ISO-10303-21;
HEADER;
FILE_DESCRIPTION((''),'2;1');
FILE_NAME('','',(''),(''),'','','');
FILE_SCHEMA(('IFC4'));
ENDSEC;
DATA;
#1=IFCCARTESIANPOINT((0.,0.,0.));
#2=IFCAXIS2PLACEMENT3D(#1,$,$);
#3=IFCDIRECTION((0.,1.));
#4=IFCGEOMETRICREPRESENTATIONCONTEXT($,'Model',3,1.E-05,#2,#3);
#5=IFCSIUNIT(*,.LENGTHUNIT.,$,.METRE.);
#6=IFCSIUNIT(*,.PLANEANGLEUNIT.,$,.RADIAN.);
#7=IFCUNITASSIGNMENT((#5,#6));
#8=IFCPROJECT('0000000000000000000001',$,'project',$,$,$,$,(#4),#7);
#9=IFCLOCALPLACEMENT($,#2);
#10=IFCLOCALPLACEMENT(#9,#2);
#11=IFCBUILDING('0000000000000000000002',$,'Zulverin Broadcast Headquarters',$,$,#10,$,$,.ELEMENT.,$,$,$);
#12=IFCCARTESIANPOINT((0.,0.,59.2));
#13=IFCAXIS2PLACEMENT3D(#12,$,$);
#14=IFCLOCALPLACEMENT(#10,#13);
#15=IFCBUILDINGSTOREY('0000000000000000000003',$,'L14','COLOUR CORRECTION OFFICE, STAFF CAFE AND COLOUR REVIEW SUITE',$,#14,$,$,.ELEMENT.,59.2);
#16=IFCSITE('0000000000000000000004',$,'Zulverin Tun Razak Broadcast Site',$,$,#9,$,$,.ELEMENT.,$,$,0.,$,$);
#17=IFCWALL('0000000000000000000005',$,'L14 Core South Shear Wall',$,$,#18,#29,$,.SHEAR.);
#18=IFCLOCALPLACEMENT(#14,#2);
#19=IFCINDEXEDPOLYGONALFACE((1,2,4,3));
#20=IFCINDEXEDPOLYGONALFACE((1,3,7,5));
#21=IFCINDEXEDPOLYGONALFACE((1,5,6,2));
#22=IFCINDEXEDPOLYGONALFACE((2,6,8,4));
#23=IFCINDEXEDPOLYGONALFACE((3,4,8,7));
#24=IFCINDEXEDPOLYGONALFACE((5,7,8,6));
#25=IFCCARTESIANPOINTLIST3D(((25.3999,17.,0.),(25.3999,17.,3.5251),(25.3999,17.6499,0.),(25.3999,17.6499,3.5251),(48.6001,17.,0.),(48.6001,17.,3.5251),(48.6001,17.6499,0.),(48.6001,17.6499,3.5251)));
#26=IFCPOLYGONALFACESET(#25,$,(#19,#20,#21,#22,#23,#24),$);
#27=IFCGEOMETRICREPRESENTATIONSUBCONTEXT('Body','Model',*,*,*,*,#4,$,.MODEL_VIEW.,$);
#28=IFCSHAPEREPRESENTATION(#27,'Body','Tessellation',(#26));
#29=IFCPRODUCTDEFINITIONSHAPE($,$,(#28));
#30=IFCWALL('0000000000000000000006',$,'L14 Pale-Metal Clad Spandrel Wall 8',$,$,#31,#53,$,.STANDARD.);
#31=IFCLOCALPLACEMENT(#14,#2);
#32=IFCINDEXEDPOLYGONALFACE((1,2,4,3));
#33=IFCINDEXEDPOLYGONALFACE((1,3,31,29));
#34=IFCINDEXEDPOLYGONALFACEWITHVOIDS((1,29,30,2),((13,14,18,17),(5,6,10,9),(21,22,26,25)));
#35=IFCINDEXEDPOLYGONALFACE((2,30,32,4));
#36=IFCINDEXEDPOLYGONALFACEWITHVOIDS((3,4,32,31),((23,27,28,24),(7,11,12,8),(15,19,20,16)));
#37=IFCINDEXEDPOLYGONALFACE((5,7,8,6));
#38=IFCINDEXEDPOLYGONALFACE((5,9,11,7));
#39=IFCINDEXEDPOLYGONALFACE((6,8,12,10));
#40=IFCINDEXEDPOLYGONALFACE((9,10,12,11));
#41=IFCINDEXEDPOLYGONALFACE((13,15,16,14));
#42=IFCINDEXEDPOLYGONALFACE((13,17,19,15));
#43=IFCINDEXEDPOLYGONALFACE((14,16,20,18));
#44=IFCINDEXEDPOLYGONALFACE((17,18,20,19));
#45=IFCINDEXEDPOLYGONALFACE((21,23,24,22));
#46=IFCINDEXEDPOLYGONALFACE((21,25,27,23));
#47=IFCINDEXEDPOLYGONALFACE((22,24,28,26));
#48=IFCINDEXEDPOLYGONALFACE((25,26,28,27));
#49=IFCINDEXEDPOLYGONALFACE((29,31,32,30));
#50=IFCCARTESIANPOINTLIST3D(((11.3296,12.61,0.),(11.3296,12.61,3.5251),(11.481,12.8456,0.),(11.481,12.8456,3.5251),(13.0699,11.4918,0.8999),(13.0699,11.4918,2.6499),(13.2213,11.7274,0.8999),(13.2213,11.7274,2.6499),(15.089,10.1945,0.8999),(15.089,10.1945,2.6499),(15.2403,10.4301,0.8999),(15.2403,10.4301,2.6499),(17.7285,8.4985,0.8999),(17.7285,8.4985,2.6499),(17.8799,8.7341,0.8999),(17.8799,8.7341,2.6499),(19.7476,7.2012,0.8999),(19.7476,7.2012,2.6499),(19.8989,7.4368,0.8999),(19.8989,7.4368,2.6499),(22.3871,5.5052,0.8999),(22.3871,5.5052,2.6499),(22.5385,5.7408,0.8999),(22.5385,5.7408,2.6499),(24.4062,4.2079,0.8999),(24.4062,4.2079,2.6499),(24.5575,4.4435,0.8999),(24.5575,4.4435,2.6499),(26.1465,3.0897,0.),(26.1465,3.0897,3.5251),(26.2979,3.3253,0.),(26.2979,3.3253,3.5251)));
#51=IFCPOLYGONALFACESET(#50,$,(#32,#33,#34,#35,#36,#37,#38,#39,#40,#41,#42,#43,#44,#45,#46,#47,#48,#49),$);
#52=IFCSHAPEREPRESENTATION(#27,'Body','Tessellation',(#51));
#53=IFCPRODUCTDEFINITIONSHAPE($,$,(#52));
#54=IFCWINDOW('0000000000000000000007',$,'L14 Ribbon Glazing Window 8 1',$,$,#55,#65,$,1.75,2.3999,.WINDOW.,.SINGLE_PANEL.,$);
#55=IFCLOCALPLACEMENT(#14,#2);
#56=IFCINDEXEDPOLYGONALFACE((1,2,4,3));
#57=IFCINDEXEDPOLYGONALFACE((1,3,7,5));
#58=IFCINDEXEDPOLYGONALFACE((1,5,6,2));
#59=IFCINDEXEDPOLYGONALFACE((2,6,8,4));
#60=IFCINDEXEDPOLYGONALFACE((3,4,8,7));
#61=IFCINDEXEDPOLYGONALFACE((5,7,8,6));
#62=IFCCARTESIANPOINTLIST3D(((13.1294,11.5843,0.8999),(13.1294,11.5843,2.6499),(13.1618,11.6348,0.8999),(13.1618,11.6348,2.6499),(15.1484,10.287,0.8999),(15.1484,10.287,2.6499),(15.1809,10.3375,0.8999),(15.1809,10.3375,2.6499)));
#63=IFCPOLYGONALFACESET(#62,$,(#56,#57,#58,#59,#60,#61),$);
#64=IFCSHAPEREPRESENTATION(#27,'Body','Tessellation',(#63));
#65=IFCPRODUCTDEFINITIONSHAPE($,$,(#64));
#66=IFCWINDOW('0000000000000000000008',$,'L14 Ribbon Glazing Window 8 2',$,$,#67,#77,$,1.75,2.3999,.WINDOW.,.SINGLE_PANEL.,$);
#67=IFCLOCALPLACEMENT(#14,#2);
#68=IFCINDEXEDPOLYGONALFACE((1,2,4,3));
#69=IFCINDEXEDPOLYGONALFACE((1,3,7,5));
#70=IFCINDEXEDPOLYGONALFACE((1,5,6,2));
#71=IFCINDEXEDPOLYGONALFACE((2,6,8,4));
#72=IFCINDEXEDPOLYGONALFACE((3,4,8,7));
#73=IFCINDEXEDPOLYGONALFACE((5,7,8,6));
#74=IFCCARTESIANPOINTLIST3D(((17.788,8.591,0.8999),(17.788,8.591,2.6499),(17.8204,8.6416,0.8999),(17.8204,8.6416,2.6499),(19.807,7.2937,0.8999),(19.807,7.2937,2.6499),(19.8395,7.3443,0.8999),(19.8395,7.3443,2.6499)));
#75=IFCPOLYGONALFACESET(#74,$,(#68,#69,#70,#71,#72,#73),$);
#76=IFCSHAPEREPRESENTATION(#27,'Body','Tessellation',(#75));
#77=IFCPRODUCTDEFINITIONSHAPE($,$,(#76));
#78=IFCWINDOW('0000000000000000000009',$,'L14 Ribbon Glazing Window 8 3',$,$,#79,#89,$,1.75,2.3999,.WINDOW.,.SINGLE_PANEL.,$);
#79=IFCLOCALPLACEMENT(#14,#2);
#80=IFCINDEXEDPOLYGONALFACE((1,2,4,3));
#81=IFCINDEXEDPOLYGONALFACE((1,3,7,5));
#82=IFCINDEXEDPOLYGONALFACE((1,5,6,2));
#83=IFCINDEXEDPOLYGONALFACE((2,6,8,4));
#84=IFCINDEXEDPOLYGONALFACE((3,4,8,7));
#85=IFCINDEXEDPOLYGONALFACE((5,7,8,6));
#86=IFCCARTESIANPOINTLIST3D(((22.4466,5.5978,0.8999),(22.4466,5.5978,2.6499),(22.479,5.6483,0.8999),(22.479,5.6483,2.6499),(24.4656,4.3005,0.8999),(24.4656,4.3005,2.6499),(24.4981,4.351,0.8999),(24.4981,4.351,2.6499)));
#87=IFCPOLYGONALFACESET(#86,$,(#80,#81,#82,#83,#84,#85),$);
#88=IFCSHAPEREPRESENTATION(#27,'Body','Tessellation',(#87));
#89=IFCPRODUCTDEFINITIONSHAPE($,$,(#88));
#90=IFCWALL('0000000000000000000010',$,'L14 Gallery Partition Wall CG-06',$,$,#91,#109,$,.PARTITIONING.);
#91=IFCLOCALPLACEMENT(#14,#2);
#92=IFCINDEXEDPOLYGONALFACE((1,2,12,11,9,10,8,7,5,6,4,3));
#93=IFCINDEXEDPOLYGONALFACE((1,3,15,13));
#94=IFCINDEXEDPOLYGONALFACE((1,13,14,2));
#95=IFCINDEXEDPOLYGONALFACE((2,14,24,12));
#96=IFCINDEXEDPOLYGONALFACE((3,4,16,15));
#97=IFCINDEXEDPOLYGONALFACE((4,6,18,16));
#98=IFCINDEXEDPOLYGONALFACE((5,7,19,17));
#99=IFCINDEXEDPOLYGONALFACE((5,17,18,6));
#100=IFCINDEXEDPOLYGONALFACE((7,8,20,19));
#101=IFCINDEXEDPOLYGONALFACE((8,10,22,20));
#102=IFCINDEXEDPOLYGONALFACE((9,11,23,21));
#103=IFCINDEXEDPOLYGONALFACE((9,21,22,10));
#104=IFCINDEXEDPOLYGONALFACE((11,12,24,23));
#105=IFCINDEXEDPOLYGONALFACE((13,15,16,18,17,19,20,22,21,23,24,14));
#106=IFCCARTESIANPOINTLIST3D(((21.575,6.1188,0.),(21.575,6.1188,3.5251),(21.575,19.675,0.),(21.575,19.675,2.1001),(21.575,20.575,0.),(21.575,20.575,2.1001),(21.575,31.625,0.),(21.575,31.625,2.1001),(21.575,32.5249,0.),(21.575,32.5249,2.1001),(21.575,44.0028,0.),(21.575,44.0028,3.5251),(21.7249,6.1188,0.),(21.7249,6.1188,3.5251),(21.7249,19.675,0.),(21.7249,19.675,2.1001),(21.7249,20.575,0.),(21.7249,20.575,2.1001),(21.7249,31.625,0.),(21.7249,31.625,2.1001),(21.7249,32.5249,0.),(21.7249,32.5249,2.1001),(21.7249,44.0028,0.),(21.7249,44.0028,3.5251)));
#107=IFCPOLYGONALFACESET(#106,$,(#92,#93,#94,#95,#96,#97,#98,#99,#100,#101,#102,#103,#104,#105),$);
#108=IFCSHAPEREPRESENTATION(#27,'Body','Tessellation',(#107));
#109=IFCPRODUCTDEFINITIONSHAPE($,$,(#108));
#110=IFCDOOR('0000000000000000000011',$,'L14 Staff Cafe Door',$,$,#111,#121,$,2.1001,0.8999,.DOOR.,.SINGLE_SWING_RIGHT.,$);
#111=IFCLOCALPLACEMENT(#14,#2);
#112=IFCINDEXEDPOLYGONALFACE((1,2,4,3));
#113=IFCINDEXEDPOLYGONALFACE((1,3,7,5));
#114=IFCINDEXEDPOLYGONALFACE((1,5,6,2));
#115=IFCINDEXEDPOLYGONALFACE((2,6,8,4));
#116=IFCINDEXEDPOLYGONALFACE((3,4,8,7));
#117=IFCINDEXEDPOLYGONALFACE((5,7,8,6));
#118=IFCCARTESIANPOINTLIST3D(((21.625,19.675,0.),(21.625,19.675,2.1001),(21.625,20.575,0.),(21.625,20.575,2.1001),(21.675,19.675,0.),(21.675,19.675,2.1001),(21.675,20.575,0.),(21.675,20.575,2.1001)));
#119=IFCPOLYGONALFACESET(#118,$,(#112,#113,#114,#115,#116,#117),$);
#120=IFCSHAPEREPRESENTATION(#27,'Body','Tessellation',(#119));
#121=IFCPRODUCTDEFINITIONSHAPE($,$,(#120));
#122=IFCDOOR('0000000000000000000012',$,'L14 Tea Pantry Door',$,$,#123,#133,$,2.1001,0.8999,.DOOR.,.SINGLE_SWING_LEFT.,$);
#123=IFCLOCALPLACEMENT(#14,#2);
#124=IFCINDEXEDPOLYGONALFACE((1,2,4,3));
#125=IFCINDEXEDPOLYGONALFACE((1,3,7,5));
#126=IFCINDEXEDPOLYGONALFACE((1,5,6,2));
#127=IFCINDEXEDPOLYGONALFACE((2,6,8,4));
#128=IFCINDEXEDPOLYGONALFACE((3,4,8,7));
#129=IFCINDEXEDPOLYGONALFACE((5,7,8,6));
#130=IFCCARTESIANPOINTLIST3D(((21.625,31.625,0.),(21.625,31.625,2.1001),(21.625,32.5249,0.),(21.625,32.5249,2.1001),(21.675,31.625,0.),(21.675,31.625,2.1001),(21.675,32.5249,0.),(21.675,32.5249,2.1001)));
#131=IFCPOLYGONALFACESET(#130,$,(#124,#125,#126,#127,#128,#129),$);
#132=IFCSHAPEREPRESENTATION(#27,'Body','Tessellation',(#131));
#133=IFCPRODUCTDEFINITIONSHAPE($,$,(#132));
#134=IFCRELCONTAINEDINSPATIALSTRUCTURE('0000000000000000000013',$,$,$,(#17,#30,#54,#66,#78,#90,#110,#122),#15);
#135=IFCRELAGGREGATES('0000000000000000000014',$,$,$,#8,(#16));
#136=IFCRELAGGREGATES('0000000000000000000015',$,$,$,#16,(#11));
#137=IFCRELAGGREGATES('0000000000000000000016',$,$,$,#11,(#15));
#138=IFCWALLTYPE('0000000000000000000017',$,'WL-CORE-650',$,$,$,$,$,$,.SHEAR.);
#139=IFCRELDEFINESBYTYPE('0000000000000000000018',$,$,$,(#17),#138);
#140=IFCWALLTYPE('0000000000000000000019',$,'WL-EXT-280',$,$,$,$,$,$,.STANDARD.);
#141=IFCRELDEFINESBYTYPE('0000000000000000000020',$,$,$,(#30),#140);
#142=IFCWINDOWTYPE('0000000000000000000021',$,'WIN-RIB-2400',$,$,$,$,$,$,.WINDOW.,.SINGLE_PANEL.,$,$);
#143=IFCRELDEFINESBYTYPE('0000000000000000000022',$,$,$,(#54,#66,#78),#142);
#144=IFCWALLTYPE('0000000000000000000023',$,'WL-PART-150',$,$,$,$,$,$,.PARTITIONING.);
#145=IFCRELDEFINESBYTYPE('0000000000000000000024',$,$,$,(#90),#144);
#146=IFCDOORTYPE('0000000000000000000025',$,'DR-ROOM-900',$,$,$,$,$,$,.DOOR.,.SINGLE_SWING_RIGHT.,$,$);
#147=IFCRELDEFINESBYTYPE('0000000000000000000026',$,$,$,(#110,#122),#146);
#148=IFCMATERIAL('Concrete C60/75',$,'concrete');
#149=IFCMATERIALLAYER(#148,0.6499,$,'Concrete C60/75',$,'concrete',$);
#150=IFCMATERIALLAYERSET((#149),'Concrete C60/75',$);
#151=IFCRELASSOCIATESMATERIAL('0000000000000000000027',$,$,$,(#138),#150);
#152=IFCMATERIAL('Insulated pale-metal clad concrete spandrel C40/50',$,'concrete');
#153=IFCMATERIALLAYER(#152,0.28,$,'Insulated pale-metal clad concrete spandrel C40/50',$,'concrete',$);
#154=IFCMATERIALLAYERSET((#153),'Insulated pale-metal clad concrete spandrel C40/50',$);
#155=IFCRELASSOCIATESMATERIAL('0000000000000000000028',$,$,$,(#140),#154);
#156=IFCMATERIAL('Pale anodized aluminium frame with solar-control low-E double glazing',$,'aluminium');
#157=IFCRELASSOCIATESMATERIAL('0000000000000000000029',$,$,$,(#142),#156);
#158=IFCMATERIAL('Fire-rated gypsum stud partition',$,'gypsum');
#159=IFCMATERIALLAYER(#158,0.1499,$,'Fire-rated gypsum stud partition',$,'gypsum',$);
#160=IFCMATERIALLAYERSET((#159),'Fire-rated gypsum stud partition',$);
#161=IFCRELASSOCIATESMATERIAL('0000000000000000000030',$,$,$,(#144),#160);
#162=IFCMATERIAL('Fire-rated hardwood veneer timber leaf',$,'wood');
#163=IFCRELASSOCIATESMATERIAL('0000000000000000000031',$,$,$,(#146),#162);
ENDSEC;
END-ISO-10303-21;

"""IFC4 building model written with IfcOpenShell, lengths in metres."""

from ifc_helpers import new_model, si_unit, direction, frame, frame_2d, origin, place, context, subcontext, project, spatial, rectangle, extrude, material, layer, layer_set, type_object, element, fill, save


model = new_model("IFC4")

# Units and contexts
model_context = context("Model", 3, precision=1e-05, world=origin(), true_north=direction((0.0, 1.0)))
body_context = subcontext(model_context, "Body", "Model", "MODEL_VIEW")
ifc_project = project(units=[si_unit("LENGTHUNIT", "METRE"), si_unit("PLANEANGLEUNIT", "RADIAN")], contexts=[model_context])

# Site, building, storey
site_placement = place(None, origin())
site = spatial("IfcSite", under=ifc_project, at=site_placement, Name="Zulverin Tun Razak Broadcast Site", CompositionType="ELEMENT", RefElevation=0.0)
building_placement = place(site_placement, origin())
building = spatial("IfcBuilding", under=site, at=building_placement, Name="Zulverin Broadcast Headquarters", CompositionType="ELEMENT")
storey_placement = place(building_placement, frame((0.0, 0.0, 59.2)))
storey = spatial("IfcBuildingStorey", under=building, at=storey_placement, Name="L14", Description="COLOUR CORRECTION OFFICE, STAFF CAFE AND COLOUR REVIEW SUITE", CompositionType="ELEMENT", Elevation=59.2)

# Shared definitions
ifc_material_1 = material(Name="Concrete C60/75", Category="concrete")

# Wall
ifc_layer_1 = layer(ifc_material_1, 0.6499, Name="Concrete C60/75", Category="concrete")
ifc_layer_set_1 = layer_set([ifc_layer_1], Name="Concrete C60/75")
wall_type_1 = type_object("IfcWallType", Name="WL-CORE-650", PredefinedType="SHEAR", material=ifc_layer_set_1)
wall_1_placement = place(storey_placement, frame((25.3999, 17.325, 0.0), z_axis=(0.0, 0.0, 1.0), x_axis=(1.0, 0.0, 0.0)))
element("IfcWall", 1, at=wall_1_placement, inside=storey, type_object=wall_type_1, Name="L14 Core South Shear Wall", PredefinedType="SHEAR", context=body_context, shape_type="SweptSolid", body=[
    extrude(rectangle(XDim=23.2002, YDim=0.6499, at=frame_2d((11.6001, 0.0))), origin(), (0.0, 0.0, 1.0), 3.5251),
])

# Wall, openings, windows
ifc_material_2 = material(Name="Insulated pale-metal clad concrete spandrel C40/50", Category="concrete")
ifc_layer_2 = layer(ifc_material_2, 0.28, Name="Insulated pale-metal clad concrete spandrel C40/50", Category="concrete")
ifc_layer_set_2 = layer_set([ifc_layer_2], Name="Insulated pale-metal clad concrete spandrel C40/50")
wall_type_2 = type_object("IfcWallType", Name="WL-EXT-280", PredefinedType="STANDARD", material=ifc_layer_set_2)
wall_2_placement = place(storey_placement, frame((11.4053, 12.7278, 0.0), z_axis=(0.0, 0.0, 1.0), x_axis=(0.841305, -0.540561, 0.0)))
wall_2 = element("IfcWall", 2, at=wall_2_placement, inside=storey, type_object=wall_type_2, Name="L14 Pale-Metal Clad Spandrel Wall 8", PredefinedType="STANDARD", context=body_context, shape_type="SweptSolid", body=[
    extrude(rectangle(XDim=17.6118, YDim=0.28, at=frame_2d((8.8059, 0.0))), origin(), (0.0, 0.0, 1.0), 3.5251),
])
opening_1_placement = place(wall_2_placement, frame((2.0686, 0.0, 0.8999)))
opening_1 = element("IfcOpeningElement", 3, at=opening_1_placement, cuts=wall_2, PredefinedType="OPENING", context=body_context, shape_type="SweptSolid", body=[
    extrude(rectangle(XDim=2.3999, YDim=1.75, at=frame_2d((1.2, 0.875))), frame((0.0, 0.1499, 0.0), z_axis=(0.0, -1.0, 0.0), x_axis=(1.0, 0.0, 0.0)), (0.0, 0.0, 1.0), 0.3),
])
opening_2_placement = place(wall_2_placement, frame((7.606, 0.0, 0.8999)))
opening_2 = element("IfcOpeningElement", 4, at=opening_2_placement, cuts=wall_2, PredefinedType="OPENING", context=body_context, shape_type="SweptSolid", body=[
    extrude(rectangle(XDim=2.3999, YDim=1.75, at=frame_2d((1.2, 0.875))), frame((0.0, 0.1499, 0.0), z_axis=(0.0, -1.0, 0.0), x_axis=(1.0, 0.0, 0.0)), (0.0, 0.0, 1.0), 0.3),
])
opening_3_placement = place(wall_2_placement, frame((13.1433, 0.0, 0.8999)))
opening_3 = element("IfcOpeningElement", 5, at=opening_3_placement, cuts=wall_2, PredefinedType="OPENING", context=body_context, shape_type="SweptSolid", body=[
    extrude(rectangle(XDim=2.3999, YDim=1.75, at=frame_2d((1.2, 0.875))), frame((0.0, 0.1499, 0.0), z_axis=(0.0, -1.0, 0.0), x_axis=(1.0, 0.0, 0.0)), (0.0, 0.0, 1.0), 0.3),
])
ifc_material_3 = material(Name="Pale anodized aluminium frame with solar-control low-E double glazing", Category="aluminium")
window_type = type_object("IfcWindowType", Name="WIN-RIB-2400", PartitioningType="SINGLE_PANEL", PredefinedType="WINDOW", material=ifc_material_3)
window_1_placement = place(opening_1_placement, origin())
window_1 = element("IfcWindow", 6, at=window_1_placement, inside=storey, type_object=window_type, Name="L14 Ribbon Glazing Window 8 1", OverallHeight=1.75, OverallWidth=2.3999, PartitioningType="SINGLE_PANEL", PredefinedType="WINDOW", context=body_context, shape_type="SweptSolid", body=[
    extrude(rectangle(XDim=2.3999, YDim=1.75, at=frame_2d((1.2, 0.875))), frame((0.0, 0.03, 0.0), z_axis=(0.0, -1.0, 0.0), x_axis=(1.0, 0.0, 0.0)), (0.0, 0.0, 1.0), 0.0601),
])
fill(opening_1, window_1)
window_2_placement = place(opening_2_placement, origin())
window_2 = element("IfcWindow", 7, at=window_2_placement, inside=storey, type_object=window_type, Name="L14 Ribbon Glazing Window 8 2", OverallHeight=1.75, OverallWidth=2.3999, PartitioningType="SINGLE_PANEL", PredefinedType="WINDOW", context=body_context, shape_type="SweptSolid", body=[
    extrude(rectangle(XDim=2.3999, YDim=1.75, at=frame_2d((1.2, 0.875))), frame((0.0, 0.03, 0.0), z_axis=(0.0, -1.0, 0.0), x_axis=(1.0, 0.0, 0.0)), (0.0, 0.0, 1.0), 0.0601),
])
fill(opening_2, window_2)
window_3_placement = place(opening_3_placement, origin())
window_3 = element("IfcWindow", 8, at=window_3_placement, inside=storey, type_object=window_type, Name="L14 Ribbon Glazing Window 8 3", OverallHeight=1.75, OverallWidth=2.3999, PartitioningType="SINGLE_PANEL", PredefinedType="WINDOW", context=body_context, shape_type="SweptSolid", body=[
    extrude(rectangle(XDim=2.3999, YDim=1.75, at=frame_2d((1.2, 0.875))), frame((0.0, 0.03, 0.0), z_axis=(0.0, -1.0, 0.0), x_axis=(1.0, 0.0, 0.0)), (0.0, 0.0, 1.0), 0.0601),
])
fill(opening_3, window_3)

# Wall, openings, doors
ifc_material_4 = material(Name="Fire-rated gypsum stud partition", Category="gypsum")
ifc_layer_3 = layer(ifc_material_4, 0.1499, Name="Fire-rated gypsum stud partition", Category="gypsum")
ifc_layer_set_3 = layer_set([ifc_layer_3], Name="Fire-rated gypsum stud partition")
wall_type_3 = type_object("IfcWallType", Name="WL-PART-150", PredefinedType="PARTITIONING", material=ifc_layer_set_3)
wall_3_placement = place(storey_placement, frame((21.6499, 6.1189, 0.0), z_axis=(0.0, 0.0, 1.0), x_axis=(0.0, 1.0, 0.0)))
wall_3 = element("IfcWall", 9, at=wall_3_placement, inside=storey, type_object=wall_type_3, Name="L14 Gallery Partition Wall CG-06", PredefinedType="PARTITIONING", context=body_context, shape_type="SweptSolid", body=[
    extrude(rectangle(XDim=37.884, YDim=0.1499, at=frame_2d((18.9419, 0.0))), origin(), (0.0, 0.0, 1.0), 3.5251),
])
opening_4_placement = place(wall_3_placement, frame((13.5562, 0.0, 0.0)))
opening_4 = element("IfcOpeningElement", 10, at=opening_4_placement, cuts=wall_3, PredefinedType="OPENING", context=body_context, shape_type="SweptSolid", body=[
    extrude(rectangle(XDim=0.8999, YDim=2.1001, at=frame_2d((0.45, 1.05))), frame((0.0, 0.085, 0.0), z_axis=(0.0, -1.0, 0.0), x_axis=(1.0, 0.0, 0.0)), (0.0, 0.0, 1.0), 0.1699),
])
opening_5_placement = place(wall_3_placement, frame((25.5061, 0.0, 0.0)))
opening_5 = element("IfcOpeningElement", 11, at=opening_5_placement, cuts=wall_3, PredefinedType="OPENING", context=body_context, shape_type="SweptSolid", body=[
    extrude(rectangle(XDim=0.8999, YDim=2.1001, at=frame_2d((0.45, 1.05))), frame((0.0, 0.085, 0.0), z_axis=(0.0, -1.0, 0.0), x_axis=(1.0, 0.0, 0.0)), (0.0, 0.0, 1.0), 0.1699),
])
ifc_material_5 = material(Name="Fire-rated hardwood veneer timber leaf", Category="wood")
door_type = type_object("IfcDoorType", Name="DR-ROOM-900", OperationType="SINGLE_SWING_RIGHT", PredefinedType="DOOR", material=ifc_material_5)
door_1_placement = place(opening_4_placement, origin())
door_1 = element("IfcDoor", 12, at=door_1_placement, inside=storey, type_object=door_type, Name="L14 Staff Cafe Door", OperationType="SINGLE_SWING_RIGHT", OverallHeight=2.1001, OverallWidth=0.8999, PredefinedType="DOOR", context=body_context, shape_type="SweptSolid", body=[
    extrude(rectangle(XDim=0.8999, YDim=2.1001, at=frame_2d((0.45, 1.05))), frame((0.0, 0.0249, 0.0), z_axis=(0.0, -1.0, 0.0), x_axis=(1.0, 0.0, 0.0)), (0.0, 0.0, 1.0), 0.05),
])
fill(opening_4, door_1)
door_2_placement = place(opening_5_placement, origin())
door_2 = element("IfcDoor", 13, at=door_2_placement, inside=storey, type_object=door_type, Name="L14 Tea Pantry Door", OperationType="SINGLE_SWING_LEFT", OverallHeight=2.1001, OverallWidth=0.8999, PredefinedType="DOOR", context=body_context, shape_type="SweptSolid", body=[
    extrude(rectangle(XDim=0.8999, YDim=2.1001, at=frame_2d((0.45, 1.05))), frame((0.0, 0.0249, 0.0), z_axis=(0.0, -1.0, 0.0), x_axis=(1.0, 0.0, 0.0)), (0.0, 0.0, 1.0), 0.05),
])
fill(opening_5, door_2)

save(model, "model.ifc")
